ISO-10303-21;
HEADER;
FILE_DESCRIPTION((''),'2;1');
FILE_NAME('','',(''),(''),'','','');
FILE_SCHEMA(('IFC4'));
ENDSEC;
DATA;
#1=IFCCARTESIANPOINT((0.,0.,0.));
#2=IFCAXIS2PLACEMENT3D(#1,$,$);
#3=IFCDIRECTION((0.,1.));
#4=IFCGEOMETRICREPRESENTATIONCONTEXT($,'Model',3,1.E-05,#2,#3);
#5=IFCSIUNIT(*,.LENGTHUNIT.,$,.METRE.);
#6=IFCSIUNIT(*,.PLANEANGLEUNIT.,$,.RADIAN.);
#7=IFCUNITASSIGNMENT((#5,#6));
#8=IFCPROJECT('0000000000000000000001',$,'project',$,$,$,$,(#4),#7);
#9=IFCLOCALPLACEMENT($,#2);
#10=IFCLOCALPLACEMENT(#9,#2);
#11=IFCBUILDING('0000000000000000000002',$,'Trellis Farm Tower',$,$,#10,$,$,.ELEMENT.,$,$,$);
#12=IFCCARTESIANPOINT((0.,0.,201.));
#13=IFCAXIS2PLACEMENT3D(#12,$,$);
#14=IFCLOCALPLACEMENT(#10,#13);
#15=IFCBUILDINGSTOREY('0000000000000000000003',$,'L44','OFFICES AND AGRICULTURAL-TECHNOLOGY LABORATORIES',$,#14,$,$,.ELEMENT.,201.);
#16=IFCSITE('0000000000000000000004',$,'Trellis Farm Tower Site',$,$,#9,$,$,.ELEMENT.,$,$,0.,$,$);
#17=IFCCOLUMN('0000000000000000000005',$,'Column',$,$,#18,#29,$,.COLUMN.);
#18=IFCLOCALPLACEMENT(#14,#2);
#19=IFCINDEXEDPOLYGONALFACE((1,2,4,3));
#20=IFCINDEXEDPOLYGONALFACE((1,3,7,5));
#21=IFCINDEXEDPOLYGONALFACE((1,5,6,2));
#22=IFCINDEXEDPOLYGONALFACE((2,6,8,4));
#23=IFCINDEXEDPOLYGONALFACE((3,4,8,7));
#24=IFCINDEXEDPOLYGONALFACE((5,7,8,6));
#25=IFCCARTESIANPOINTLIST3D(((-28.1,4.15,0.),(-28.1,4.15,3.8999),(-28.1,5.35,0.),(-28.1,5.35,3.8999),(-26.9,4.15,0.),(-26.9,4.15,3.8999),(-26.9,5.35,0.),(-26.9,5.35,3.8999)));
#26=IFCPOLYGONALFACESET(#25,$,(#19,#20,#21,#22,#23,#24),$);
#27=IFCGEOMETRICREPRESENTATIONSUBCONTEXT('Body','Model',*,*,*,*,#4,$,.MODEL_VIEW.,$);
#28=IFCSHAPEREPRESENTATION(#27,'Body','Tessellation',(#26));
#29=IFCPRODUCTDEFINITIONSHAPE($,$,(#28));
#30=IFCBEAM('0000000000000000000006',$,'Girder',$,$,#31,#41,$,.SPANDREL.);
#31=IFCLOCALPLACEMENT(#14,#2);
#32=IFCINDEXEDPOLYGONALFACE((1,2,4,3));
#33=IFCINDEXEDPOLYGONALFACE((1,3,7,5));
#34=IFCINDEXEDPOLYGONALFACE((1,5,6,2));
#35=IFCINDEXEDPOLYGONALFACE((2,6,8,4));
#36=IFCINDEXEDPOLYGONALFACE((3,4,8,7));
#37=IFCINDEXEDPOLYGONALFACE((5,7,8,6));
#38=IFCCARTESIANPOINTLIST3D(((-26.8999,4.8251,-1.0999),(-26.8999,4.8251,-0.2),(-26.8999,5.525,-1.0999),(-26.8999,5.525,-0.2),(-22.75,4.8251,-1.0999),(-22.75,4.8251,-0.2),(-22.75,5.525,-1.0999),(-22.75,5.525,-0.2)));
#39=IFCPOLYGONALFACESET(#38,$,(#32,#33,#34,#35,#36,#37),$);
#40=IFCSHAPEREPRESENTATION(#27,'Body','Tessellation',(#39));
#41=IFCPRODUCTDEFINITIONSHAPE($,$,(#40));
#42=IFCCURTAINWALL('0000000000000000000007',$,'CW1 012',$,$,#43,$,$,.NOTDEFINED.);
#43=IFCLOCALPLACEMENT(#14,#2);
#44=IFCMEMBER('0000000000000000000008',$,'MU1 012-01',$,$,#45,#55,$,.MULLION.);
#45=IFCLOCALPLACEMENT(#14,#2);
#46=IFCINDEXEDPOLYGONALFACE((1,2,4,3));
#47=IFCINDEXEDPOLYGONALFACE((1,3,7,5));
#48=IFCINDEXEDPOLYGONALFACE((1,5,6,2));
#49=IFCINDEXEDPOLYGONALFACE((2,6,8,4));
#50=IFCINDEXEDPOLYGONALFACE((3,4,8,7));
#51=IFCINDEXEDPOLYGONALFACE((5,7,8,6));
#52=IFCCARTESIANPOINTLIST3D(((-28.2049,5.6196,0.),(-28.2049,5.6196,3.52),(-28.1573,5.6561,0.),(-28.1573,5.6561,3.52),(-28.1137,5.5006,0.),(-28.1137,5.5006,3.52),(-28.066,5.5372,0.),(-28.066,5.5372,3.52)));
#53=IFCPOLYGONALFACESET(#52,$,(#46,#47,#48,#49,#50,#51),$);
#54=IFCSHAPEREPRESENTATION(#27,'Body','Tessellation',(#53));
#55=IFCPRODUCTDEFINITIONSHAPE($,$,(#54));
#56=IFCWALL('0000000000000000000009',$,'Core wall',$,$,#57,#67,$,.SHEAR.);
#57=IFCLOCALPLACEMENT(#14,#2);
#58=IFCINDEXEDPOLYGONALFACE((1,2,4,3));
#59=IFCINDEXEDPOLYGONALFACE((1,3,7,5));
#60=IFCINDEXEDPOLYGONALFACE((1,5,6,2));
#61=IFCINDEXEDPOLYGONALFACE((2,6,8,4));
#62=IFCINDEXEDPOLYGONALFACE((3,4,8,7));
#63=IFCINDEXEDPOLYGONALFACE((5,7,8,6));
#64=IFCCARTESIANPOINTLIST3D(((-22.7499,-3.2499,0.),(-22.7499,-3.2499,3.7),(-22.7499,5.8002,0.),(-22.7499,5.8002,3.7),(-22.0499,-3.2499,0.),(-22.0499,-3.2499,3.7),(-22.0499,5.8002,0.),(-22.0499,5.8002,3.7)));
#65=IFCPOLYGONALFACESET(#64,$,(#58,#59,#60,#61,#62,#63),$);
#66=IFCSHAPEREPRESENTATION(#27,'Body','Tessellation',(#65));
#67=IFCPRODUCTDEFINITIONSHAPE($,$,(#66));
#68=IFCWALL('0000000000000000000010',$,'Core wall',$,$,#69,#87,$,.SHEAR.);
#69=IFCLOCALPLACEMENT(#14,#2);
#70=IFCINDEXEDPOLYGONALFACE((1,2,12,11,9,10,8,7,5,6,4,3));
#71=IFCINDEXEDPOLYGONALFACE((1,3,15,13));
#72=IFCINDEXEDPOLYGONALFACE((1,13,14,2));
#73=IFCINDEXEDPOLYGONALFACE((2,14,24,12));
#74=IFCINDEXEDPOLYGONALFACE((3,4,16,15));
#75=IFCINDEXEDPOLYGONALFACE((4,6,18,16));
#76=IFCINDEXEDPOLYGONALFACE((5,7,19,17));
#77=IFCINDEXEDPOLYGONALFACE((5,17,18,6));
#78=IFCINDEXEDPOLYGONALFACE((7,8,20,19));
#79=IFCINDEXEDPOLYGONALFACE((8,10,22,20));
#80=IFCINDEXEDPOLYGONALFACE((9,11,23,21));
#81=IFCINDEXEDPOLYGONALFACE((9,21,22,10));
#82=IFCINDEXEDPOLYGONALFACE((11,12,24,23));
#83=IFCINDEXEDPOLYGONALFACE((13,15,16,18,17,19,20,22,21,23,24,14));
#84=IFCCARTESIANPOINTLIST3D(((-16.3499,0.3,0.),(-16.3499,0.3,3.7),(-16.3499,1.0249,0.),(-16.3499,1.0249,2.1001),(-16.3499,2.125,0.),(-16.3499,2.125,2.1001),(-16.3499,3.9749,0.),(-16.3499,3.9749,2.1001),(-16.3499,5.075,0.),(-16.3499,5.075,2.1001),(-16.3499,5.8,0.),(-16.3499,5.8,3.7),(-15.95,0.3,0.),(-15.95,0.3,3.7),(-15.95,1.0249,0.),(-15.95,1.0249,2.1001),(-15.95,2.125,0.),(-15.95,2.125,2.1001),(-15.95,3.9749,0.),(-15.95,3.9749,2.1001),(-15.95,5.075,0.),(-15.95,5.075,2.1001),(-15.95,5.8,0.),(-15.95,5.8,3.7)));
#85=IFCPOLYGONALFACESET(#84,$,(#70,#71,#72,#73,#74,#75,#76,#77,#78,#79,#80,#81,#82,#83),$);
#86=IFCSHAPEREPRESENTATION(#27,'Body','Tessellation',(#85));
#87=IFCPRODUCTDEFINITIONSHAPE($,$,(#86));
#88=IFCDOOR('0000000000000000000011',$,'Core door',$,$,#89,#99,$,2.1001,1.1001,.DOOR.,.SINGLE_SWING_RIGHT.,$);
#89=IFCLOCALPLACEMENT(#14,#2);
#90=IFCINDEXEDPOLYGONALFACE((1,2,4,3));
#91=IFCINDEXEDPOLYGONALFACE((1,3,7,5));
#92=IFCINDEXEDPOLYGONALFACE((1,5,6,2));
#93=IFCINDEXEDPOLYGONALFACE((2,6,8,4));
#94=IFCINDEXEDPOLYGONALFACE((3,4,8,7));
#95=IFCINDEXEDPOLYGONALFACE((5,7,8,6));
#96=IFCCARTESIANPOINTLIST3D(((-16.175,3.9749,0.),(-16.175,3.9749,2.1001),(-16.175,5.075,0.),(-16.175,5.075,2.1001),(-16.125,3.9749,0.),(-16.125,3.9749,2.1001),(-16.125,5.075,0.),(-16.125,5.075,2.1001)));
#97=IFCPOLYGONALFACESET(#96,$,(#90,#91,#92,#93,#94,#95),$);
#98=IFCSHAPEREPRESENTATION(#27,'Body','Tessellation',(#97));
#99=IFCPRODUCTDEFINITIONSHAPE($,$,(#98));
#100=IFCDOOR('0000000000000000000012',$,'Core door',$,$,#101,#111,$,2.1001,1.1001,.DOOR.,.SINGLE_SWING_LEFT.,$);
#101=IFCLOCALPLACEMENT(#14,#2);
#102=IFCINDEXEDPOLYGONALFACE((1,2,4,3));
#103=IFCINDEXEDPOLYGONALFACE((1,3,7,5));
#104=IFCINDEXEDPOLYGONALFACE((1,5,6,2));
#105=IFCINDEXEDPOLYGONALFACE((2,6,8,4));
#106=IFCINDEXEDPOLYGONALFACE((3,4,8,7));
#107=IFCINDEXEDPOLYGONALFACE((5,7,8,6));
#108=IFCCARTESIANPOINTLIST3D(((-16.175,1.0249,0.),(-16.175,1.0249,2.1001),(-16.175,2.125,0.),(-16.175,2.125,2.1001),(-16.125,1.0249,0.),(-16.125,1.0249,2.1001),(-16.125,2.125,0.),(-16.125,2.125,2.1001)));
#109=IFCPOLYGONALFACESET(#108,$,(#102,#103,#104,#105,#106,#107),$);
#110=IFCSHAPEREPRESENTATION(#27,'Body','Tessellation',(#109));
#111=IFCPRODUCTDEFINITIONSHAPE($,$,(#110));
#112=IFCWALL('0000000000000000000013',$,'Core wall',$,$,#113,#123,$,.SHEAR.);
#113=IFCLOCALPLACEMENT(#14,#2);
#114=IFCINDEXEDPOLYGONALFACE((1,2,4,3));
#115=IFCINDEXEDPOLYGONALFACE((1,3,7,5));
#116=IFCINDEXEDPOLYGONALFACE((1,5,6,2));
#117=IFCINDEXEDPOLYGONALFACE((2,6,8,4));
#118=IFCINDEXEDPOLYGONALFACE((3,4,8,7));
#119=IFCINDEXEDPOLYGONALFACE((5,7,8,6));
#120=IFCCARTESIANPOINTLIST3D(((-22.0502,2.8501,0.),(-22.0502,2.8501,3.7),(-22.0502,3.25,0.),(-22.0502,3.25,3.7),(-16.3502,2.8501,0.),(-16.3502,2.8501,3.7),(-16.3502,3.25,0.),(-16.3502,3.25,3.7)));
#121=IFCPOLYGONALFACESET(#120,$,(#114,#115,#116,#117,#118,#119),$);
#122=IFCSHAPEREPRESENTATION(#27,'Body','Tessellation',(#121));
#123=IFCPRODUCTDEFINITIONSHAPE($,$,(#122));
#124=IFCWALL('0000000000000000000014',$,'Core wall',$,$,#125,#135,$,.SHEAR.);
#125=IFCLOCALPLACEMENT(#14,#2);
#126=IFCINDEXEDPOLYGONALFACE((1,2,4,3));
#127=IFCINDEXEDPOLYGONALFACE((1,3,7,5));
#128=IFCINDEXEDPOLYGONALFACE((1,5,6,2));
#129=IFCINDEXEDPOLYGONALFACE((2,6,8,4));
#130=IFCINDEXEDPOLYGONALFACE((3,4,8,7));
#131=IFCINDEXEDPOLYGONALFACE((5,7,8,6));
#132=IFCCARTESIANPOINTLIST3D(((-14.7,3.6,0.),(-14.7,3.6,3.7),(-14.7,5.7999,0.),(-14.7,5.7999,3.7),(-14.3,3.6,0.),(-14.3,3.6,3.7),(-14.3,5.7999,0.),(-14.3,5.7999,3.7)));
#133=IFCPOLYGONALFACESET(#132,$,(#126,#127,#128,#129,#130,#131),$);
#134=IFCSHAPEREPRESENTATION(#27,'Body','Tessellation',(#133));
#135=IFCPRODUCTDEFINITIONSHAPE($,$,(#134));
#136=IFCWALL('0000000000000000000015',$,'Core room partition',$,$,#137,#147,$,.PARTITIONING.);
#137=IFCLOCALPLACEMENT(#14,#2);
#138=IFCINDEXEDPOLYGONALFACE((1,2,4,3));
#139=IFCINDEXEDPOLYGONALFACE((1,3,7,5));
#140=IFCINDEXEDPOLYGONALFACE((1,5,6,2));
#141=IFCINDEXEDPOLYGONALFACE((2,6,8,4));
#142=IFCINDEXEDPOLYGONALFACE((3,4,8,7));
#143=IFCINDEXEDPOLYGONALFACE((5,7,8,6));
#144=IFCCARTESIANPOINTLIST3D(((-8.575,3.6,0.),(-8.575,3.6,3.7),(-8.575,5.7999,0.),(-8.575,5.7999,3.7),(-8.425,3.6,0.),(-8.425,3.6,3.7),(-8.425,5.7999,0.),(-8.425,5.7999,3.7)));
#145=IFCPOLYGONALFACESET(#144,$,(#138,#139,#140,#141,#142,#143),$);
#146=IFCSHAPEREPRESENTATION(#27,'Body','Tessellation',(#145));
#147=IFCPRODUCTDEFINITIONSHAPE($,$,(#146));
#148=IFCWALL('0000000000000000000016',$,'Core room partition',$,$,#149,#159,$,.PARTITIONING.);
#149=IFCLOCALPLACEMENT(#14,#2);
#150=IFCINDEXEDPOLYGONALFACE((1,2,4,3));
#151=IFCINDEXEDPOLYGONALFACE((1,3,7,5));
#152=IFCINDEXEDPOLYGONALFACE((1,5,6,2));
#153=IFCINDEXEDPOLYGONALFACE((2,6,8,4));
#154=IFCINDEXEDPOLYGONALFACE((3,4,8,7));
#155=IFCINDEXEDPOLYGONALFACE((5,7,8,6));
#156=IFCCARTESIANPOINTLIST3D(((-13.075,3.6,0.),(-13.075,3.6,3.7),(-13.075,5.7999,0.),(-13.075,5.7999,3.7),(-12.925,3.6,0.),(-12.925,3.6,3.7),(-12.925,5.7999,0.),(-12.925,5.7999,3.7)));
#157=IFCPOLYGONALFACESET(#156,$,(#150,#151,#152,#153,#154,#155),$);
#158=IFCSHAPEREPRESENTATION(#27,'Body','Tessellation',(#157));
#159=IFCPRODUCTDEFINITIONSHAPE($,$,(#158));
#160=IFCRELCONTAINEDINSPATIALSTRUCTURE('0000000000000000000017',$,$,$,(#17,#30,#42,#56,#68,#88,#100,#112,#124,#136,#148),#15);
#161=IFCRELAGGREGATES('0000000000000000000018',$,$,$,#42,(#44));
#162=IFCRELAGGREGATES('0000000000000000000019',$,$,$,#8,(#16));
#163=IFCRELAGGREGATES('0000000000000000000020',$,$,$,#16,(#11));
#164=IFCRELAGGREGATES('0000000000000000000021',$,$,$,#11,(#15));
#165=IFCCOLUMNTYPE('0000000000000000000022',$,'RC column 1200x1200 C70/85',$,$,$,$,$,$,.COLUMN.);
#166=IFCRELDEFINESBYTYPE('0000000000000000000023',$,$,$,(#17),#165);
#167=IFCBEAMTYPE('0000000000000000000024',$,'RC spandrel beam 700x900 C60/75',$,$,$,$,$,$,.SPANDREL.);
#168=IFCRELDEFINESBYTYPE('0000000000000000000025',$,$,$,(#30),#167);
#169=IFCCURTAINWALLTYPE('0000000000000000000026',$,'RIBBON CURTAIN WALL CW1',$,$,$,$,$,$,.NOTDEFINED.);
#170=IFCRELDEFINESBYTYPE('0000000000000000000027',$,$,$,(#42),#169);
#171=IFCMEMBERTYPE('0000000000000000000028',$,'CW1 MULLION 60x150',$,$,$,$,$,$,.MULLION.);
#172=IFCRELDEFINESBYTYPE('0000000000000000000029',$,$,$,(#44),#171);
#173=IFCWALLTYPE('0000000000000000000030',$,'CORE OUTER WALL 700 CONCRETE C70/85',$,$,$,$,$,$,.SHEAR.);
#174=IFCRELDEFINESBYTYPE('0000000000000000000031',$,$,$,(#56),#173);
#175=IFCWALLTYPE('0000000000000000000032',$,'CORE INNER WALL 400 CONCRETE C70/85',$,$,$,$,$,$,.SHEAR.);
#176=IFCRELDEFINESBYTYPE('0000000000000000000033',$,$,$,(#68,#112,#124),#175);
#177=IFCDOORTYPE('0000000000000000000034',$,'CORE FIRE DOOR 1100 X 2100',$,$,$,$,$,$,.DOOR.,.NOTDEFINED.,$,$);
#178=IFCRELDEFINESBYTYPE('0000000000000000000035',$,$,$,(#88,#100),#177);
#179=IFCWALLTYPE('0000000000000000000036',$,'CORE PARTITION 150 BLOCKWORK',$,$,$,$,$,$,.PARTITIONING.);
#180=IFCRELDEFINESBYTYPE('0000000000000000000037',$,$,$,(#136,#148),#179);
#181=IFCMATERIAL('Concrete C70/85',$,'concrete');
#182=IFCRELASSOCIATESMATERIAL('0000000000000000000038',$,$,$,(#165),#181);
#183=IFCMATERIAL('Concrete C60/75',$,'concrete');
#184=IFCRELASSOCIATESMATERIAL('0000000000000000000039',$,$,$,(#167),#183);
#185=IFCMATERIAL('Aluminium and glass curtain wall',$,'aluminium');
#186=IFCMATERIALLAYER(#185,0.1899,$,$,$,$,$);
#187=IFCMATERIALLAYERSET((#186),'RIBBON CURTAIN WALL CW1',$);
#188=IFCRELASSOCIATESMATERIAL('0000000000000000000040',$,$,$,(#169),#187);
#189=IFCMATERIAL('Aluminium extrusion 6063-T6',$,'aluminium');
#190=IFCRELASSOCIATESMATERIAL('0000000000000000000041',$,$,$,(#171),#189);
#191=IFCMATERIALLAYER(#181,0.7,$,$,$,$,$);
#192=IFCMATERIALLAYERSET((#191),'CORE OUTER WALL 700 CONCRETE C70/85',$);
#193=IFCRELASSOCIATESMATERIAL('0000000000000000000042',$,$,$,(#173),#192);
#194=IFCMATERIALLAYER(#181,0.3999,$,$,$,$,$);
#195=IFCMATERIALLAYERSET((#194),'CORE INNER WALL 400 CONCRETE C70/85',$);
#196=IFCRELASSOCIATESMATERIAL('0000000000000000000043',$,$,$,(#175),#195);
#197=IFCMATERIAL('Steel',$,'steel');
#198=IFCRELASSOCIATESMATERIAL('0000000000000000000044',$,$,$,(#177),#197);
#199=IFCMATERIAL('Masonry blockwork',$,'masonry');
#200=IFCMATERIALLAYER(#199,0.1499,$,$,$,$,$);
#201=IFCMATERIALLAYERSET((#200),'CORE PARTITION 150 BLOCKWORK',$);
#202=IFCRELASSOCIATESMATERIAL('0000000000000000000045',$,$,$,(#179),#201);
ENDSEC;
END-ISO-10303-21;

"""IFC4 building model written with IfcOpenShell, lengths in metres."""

from ifc_helpers import new_model, si_unit, direction, frame, frame_2d, origin, origin_2d, place, context, subcontext, project, spatial, rectangle, extrude, source, transform, mapped, material, layer, layer_set, material_profile, profile_set, type_object, element, fill, aggregate, save


model = new_model("IFC4")

# Units and contexts
model_context = context("Model", 3, precision=1e-05, world=origin(), true_north=direction((0.0, 1.0)))
body_context = subcontext(model_context, "Body", "Model", "MODEL_VIEW")
ifc_project = project(units=[si_unit("LENGTHUNIT", "METRE"), si_unit("PLANEANGLEUNIT", "RADIAN")], contexts=[model_context])

# Site, building, storey
site_placement = place(None, origin())
site = spatial("IfcSite", under=ifc_project, at=site_placement, Name="Trellis Farm Tower Site", CompositionType="ELEMENT", RefElevation=0.0)
building_placement = place(site_placement, origin())
building = spatial("IfcBuilding", under=site, at=building_placement, Name="Trellis Farm Tower", CompositionType="ELEMENT")
storey_placement = place(building_placement, frame((0.0, 0.0, 201.0)))
storey = spatial("IfcBuildingStorey", under=building, at=storey_placement, Name="L44", Description="OFFICES AND AGRICULTURAL-TECHNOLOGY LABORATORIES", CompositionType="ELEMENT", Elevation=201.0)

# Column
ifc_material_1 = material(Name="Concrete C70/85", Category="concrete")
ifc_material_profile_1 = material_profile(ifc_material_1, rectangle(XDim=1.2, YDim=1.2, at=origin_2d()), Name="RC column 1200x1200 C70/85")
ifc_profile_set_1 = profile_set([ifc_material_profile_1], Name="Concrete C70/85")
column_type = type_object("IfcColumnType", Name="RC column 1200x1200 C70/85", PredefinedType="COLUMN", material=ifc_profile_set_1)
shared_shape_1 = source(origin(), body_context, "Body", "SweptSolid", [
    extrude(rectangle(XDim=1.2, YDim=1.2, at=origin_2d()), origin(), (0.0, 0.0, 1.0), 3.8999),
])
column_placement = place(storey_placement, frame((-27.5, 4.75, 0.0), z_axis=(0.0, 0.0, 1.0), x_axis=(1.0, 0.0, 0.0)))
element("IfcColumn", 1, at=column_placement, inside=storey, type_object=column_type, Name="Column", PredefinedType="COLUMN", context=body_context, shape_type="MappedRepresentation", body=[
    mapped(shared_shape_1, transform((0.0, 0.0, 0.0))),
])

# Beam
ifc_material_2 = material(Name="Concrete C60/75", Category="concrete")
ifc_material_profile_2 = material_profile(ifc_material_2, rectangle(XDim=0.7, YDim=0.8999, at=origin_2d()), Name="RC spandrel beam 700x900 C60/75")
ifc_profile_set_2 = profile_set([ifc_material_profile_2], Name="Concrete C60/75")
beam_type = type_object("IfcBeamType", Name="RC spandrel beam 700x900 C60/75", PredefinedType="SPANDREL", material=ifc_profile_set_2)
shared_shape_2 = source(origin(), body_context, "Body", "SweptSolid", [
    extrude(rectangle(XDim=0.7, YDim=0.8999, at=origin_2d()), origin(), (0.0, 0.0, 1.0), 4.1499),
])
beam_placement = place(storey_placement, frame((-26.8999, 5.175, -0.6499), z_axis=(1.0, 0.0, 0.0), x_axis=(0.0, 1.0, 0.0)))
element("IfcBeam", 2, at=beam_placement, inside=storey, type_object=beam_type, Name="Girder", PredefinedType="SPANDREL", context=body_context, shape_type="MappedRepresentation", body=[
    mapped(shared_shape_2, transform((0.0, 0.0, 0.0))),
])

# Curtain wall, member
ifc_material_3 = material(Name="Aluminium and glass curtain wall", Category="aluminium")
ifc_layer_1 = layer(ifc_material_3, 0.1899)
ifc_layer_set_1 = layer_set([ifc_layer_1], Name="RIBBON CURTAIN WALL CW1")
curtain_wall_type = type_object("IfcCurtainWallType", Name="RIBBON CURTAIN WALL CW1", PredefinedType="NOTDEFINED", material=ifc_layer_set_1)
placement = place(storey_placement, origin())
curtain_wall = element("IfcCurtainWall", 3, at=placement, inside=storey, type_object=curtain_wall_type, Name="CW1 012", PredefinedType="NOTDEFINED")
ifc_material_4 = material(Name="Aluminium extrusion 6063-T6", Category="aluminium")
ifc_material_profile_3 = material_profile(ifc_material_4, rectangle(XDim=0.0601, YDim=0.1499, at=origin_2d()), Name="MULLION 60x150")
ifc_profile_set_3 = profile_set([ifc_material_profile_3], Name="Aluminium extrusion 6063-T6")
member_type = type_object("IfcMemberType", Name="CW1 MULLION 60x150", PredefinedType="MULLION", material=ifc_profile_set_3)
shared_shape_3 = source(origin(), body_context, "Body", "SweptSolid", [
    extrude(rectangle(XDim=0.0601, YDim=0.1499, at=origin_2d()), origin(), (0.0, 0.0, 1.0), 3.52),
])
member_placement = place(storey_placement, frame((-28.1355, 5.5784, 0.0), z_axis=(0.0, 0.0, 1.0), x_axis=(-0.793353, -0.608761, 0.0)))
member = element("IfcMember", 4, at=member_placement, type_object=member_type, Name="MU1 012-01", PredefinedType="MULLION", context=body_context, shape_type="MappedRepresentation", body=[
    mapped(shared_shape_3, transform((0.0, 0.0, 0.0))),
])
aggregate(curtain_wall, [member])

# Wall
ifc_layer_2 = layer(ifc_material_1, 0.7)
ifc_layer_set_2 = layer_set([ifc_layer_2], Name="CORE OUTER WALL 700 CONCRETE C70/85")
wall_type_1 = type_object("IfcWallType", Name="CORE OUTER WALL 700 CONCRETE C70/85", PredefinedType="SHEAR", material=ifc_layer_set_2)
shared_shape_4 = source(origin(), body_context, "Body", "SweptSolid", [
    extrude(rectangle(XDim=9.05, YDim=0.7, at=frame_2d((4.5249, 0.0))), origin(), (0.0, 0.0, 1.0), 3.7),
])
wall_1_placement = place(storey_placement, frame((-22.3999, 5.8, 0.0), z_axis=(0.0, 0.0, 1.0), x_axis=(0.0, -1.0, 0.0)))
element("IfcWall", 5, at=wall_1_placement, inside=storey, type_object=wall_type_1, Name="Core wall", PredefinedType="SHEAR", context=body_context, shape_type="MappedRepresentation", body=[
    mapped(shared_shape_4, transform((0.0, 0.0, 0.0))),
])

# Wall, openings, doors
ifc_layer_3 = layer(ifc_material_1, 0.3999)
ifc_layer_set_3 = layer_set([ifc_layer_3], Name="CORE INNER WALL 400 CONCRETE C70/85")
wall_type_2 = type_object("IfcWallType", Name="CORE INNER WALL 400 CONCRETE C70/85", PredefinedType="SHEAR", material=ifc_layer_set_3)
shared_shape_5 = source(origin(), body_context, "Body", "SweptSolid", [
    extrude(rectangle(XDim=5.5, YDim=0.3999, at=frame_2d((2.75, 0.0))), origin(), (0.0, 0.0, 1.0), 3.7),
])
wall_2_placement = place(storey_placement, frame((-16.1499, 5.8, 0.0), z_axis=(0.0, 0.0, 1.0), x_axis=(0.0, -1.0, 0.0)))
wall_2 = element("IfcWall", 6, at=wall_2_placement, inside=storey, type_object=wall_type_2, Name="Core wall", PredefinedType="SHEAR", context=body_context, shape_type="MappedRepresentation", body=[
    mapped(shared_shape_5, transform((0.0, 0.0, 0.0))),
])
shared_shape_6 = source(origin(), body_context, "Body", "SweptSolid", [
    extrude(rectangle(XDim=1.1001, YDim=2.1001, at=frame_2d((0.55, 1.05))), frame((0.0, 0.21, 0.0), z_axis=(0.0, -1.0, 0.0), x_axis=(1.0, 0.0, 0.0)), (0.0, 0.0, 1.0), 0.4199),
])
opening_1_placement = place(wall_2_placement, frame((0.7251, 0.0, 0.0)))
opening_1 = element("IfcOpeningElement", 7, at=opening_1_placement, cuts=wall_2, PredefinedType="OPENING", context=body_context, shape_type="MappedRepresentation", body=[
    mapped(shared_shape_6, transform((0.0, 0.0, 0.0))),
])
opening_2_placement = place(wall_2_placement, frame((3.675, 0.0, 0.0)))
opening_2 = element("IfcOpeningElement", 8, at=opening_2_placement, cuts=wall_2, PredefinedType="OPENING", context=body_context, shape_type="MappedRepresentation", body=[
    mapped(shared_shape_6, transform((0.0, 0.0, 0.0))),
])
ifc_material_5 = material(Name="Steel", Category="steel")
door_type = type_object("IfcDoorType", Name="CORE FIRE DOOR 1100 X 2100", OperationType="NOTDEFINED", PredefinedType="DOOR", material=ifc_material_5)
shared_shape_7 = source(origin(), body_context, "Body", "SweptSolid", [
    extrude(rectangle(XDim=1.1001, YDim=2.1001, at=frame_2d((0.55, 1.05))), frame((0.0, 0.0249, 0.0), z_axis=(0.0, -1.0, 0.0), x_axis=(1.0, 0.0, 0.0)), (0.0, 0.0, 1.0), 0.05),
])
door_1_placement = place(opening_1_placement, origin())
door_1 = element("IfcDoor", 9, at=door_1_placement, inside=storey, type_object=door_type, Name="Core door", OperationType="SINGLE_SWING_RIGHT", OverallHeight=2.1001, OverallWidth=1.1001, PredefinedType="DOOR", context=body_context, shape_type="MappedRepresentation", body=[
    mapped(shared_shape_7, transform((0.0, 0.0, 0.0))),
])
fill(opening_1, door_1)
door_2_placement = place(opening_2_placement, origin())
door_2 = element("IfcDoor", 10, at=door_2_placement, inside=storey, type_object=door_type, Name="Core door", OperationType="SINGLE_SWING_LEFT", OverallHeight=2.1001, OverallWidth=1.1001, PredefinedType="DOOR", context=body_context, shape_type="MappedRepresentation", body=[
    mapped(shared_shape_7, transform((0.0, 0.0, 0.0))),
])
fill(opening_2, door_2)

# Walls
shared_shape_8 = source(origin(), body_context, "Body", "SweptSolid", [
    extrude(rectangle(XDim=5.7, YDim=0.3999, at=frame_2d((2.8501, 0.0))), origin(), (0.0, 0.0, 1.0), 3.7),
])
wall_3_placement = place(storey_placement, frame((-16.3501, 3.05, 0.0), z_axis=(0.0, 0.0, 1.0), x_axis=(-1.0, 0.0, 0.0)))
element("IfcWall", 11, at=wall_3_placement, inside=storey, type_object=wall_type_2, Name="Core wall", PredefinedType="SHEAR", context=body_context, shape_type="MappedRepresentation", body=[
    mapped(shared_shape_8, transform((0.0, 0.0, 0.0))),
])
shared_shape_9 = source(origin(), body_context, "Body", "SweptSolid", [
    extrude(rectangle(XDim=2.2, YDim=0.3999, at=frame_2d((1.1001, 0.0))), origin(), (0.0, 0.0, 1.0), 3.7),
])
wall_4_placement = place(storey_placement, frame((-14.5, 5.8, 0.0), z_axis=(0.0, 0.0, 1.0), x_axis=(0.0, -1.0, 0.0)))
element("IfcWall", 12, at=wall_4_placement, inside=storey, type_object=wall_type_2, Name="Core wall", PredefinedType="SHEAR", context=body_context, shape_type="MappedRepresentation", body=[
    mapped(shared_shape_9, transform((0.0, 0.0, 0.0))),
])
ifc_material_6 = material(Name="Masonry blockwork", Category="masonry")
ifc_layer_4 = layer(ifc_material_6, 0.1499)
ifc_layer_set_4 = layer_set([ifc_layer_4], Name="CORE PARTITION 150 BLOCKWORK")
wall_type_3 = type_object("IfcWallType", Name="CORE PARTITION 150 BLOCKWORK", PredefinedType="PARTITIONING", material=ifc_layer_set_4)
shared_shape_10 = source(origin(), body_context, "Body", "SweptSolid", [
    extrude(rectangle(XDim=2.2, YDim=0.1499, at=frame_2d((1.1001, 0.0))), origin(), (0.0, 0.0, 1.0), 3.7),
])
for number, where, z_axis, x_axis, name in (
    (13, (-8.5, 5.8, 0.0), (0.0, 0.0, 1.0), (0.0, -1.0, 0.0), "Core room partition"),
    (14, (-13.0, 5.8, 0.0), (0.0, 0.0, 1.0), (0.0, -1.0, 0.0), "Core room partition"),
):
    element("IfcWall", number, at=place(storey_placement, frame(where, z_axis=z_axis, x_axis=x_axis)), inside=storey, type_object=wall_type_3, Name=name, PredefinedType="PARTITIONING", context=body_context, shape_type="MappedRepresentation", body=[
        mapped(shared_shape_10, transform((0.0, 0.0, 0.0))),
    ])

save(model, "model.ifc")
